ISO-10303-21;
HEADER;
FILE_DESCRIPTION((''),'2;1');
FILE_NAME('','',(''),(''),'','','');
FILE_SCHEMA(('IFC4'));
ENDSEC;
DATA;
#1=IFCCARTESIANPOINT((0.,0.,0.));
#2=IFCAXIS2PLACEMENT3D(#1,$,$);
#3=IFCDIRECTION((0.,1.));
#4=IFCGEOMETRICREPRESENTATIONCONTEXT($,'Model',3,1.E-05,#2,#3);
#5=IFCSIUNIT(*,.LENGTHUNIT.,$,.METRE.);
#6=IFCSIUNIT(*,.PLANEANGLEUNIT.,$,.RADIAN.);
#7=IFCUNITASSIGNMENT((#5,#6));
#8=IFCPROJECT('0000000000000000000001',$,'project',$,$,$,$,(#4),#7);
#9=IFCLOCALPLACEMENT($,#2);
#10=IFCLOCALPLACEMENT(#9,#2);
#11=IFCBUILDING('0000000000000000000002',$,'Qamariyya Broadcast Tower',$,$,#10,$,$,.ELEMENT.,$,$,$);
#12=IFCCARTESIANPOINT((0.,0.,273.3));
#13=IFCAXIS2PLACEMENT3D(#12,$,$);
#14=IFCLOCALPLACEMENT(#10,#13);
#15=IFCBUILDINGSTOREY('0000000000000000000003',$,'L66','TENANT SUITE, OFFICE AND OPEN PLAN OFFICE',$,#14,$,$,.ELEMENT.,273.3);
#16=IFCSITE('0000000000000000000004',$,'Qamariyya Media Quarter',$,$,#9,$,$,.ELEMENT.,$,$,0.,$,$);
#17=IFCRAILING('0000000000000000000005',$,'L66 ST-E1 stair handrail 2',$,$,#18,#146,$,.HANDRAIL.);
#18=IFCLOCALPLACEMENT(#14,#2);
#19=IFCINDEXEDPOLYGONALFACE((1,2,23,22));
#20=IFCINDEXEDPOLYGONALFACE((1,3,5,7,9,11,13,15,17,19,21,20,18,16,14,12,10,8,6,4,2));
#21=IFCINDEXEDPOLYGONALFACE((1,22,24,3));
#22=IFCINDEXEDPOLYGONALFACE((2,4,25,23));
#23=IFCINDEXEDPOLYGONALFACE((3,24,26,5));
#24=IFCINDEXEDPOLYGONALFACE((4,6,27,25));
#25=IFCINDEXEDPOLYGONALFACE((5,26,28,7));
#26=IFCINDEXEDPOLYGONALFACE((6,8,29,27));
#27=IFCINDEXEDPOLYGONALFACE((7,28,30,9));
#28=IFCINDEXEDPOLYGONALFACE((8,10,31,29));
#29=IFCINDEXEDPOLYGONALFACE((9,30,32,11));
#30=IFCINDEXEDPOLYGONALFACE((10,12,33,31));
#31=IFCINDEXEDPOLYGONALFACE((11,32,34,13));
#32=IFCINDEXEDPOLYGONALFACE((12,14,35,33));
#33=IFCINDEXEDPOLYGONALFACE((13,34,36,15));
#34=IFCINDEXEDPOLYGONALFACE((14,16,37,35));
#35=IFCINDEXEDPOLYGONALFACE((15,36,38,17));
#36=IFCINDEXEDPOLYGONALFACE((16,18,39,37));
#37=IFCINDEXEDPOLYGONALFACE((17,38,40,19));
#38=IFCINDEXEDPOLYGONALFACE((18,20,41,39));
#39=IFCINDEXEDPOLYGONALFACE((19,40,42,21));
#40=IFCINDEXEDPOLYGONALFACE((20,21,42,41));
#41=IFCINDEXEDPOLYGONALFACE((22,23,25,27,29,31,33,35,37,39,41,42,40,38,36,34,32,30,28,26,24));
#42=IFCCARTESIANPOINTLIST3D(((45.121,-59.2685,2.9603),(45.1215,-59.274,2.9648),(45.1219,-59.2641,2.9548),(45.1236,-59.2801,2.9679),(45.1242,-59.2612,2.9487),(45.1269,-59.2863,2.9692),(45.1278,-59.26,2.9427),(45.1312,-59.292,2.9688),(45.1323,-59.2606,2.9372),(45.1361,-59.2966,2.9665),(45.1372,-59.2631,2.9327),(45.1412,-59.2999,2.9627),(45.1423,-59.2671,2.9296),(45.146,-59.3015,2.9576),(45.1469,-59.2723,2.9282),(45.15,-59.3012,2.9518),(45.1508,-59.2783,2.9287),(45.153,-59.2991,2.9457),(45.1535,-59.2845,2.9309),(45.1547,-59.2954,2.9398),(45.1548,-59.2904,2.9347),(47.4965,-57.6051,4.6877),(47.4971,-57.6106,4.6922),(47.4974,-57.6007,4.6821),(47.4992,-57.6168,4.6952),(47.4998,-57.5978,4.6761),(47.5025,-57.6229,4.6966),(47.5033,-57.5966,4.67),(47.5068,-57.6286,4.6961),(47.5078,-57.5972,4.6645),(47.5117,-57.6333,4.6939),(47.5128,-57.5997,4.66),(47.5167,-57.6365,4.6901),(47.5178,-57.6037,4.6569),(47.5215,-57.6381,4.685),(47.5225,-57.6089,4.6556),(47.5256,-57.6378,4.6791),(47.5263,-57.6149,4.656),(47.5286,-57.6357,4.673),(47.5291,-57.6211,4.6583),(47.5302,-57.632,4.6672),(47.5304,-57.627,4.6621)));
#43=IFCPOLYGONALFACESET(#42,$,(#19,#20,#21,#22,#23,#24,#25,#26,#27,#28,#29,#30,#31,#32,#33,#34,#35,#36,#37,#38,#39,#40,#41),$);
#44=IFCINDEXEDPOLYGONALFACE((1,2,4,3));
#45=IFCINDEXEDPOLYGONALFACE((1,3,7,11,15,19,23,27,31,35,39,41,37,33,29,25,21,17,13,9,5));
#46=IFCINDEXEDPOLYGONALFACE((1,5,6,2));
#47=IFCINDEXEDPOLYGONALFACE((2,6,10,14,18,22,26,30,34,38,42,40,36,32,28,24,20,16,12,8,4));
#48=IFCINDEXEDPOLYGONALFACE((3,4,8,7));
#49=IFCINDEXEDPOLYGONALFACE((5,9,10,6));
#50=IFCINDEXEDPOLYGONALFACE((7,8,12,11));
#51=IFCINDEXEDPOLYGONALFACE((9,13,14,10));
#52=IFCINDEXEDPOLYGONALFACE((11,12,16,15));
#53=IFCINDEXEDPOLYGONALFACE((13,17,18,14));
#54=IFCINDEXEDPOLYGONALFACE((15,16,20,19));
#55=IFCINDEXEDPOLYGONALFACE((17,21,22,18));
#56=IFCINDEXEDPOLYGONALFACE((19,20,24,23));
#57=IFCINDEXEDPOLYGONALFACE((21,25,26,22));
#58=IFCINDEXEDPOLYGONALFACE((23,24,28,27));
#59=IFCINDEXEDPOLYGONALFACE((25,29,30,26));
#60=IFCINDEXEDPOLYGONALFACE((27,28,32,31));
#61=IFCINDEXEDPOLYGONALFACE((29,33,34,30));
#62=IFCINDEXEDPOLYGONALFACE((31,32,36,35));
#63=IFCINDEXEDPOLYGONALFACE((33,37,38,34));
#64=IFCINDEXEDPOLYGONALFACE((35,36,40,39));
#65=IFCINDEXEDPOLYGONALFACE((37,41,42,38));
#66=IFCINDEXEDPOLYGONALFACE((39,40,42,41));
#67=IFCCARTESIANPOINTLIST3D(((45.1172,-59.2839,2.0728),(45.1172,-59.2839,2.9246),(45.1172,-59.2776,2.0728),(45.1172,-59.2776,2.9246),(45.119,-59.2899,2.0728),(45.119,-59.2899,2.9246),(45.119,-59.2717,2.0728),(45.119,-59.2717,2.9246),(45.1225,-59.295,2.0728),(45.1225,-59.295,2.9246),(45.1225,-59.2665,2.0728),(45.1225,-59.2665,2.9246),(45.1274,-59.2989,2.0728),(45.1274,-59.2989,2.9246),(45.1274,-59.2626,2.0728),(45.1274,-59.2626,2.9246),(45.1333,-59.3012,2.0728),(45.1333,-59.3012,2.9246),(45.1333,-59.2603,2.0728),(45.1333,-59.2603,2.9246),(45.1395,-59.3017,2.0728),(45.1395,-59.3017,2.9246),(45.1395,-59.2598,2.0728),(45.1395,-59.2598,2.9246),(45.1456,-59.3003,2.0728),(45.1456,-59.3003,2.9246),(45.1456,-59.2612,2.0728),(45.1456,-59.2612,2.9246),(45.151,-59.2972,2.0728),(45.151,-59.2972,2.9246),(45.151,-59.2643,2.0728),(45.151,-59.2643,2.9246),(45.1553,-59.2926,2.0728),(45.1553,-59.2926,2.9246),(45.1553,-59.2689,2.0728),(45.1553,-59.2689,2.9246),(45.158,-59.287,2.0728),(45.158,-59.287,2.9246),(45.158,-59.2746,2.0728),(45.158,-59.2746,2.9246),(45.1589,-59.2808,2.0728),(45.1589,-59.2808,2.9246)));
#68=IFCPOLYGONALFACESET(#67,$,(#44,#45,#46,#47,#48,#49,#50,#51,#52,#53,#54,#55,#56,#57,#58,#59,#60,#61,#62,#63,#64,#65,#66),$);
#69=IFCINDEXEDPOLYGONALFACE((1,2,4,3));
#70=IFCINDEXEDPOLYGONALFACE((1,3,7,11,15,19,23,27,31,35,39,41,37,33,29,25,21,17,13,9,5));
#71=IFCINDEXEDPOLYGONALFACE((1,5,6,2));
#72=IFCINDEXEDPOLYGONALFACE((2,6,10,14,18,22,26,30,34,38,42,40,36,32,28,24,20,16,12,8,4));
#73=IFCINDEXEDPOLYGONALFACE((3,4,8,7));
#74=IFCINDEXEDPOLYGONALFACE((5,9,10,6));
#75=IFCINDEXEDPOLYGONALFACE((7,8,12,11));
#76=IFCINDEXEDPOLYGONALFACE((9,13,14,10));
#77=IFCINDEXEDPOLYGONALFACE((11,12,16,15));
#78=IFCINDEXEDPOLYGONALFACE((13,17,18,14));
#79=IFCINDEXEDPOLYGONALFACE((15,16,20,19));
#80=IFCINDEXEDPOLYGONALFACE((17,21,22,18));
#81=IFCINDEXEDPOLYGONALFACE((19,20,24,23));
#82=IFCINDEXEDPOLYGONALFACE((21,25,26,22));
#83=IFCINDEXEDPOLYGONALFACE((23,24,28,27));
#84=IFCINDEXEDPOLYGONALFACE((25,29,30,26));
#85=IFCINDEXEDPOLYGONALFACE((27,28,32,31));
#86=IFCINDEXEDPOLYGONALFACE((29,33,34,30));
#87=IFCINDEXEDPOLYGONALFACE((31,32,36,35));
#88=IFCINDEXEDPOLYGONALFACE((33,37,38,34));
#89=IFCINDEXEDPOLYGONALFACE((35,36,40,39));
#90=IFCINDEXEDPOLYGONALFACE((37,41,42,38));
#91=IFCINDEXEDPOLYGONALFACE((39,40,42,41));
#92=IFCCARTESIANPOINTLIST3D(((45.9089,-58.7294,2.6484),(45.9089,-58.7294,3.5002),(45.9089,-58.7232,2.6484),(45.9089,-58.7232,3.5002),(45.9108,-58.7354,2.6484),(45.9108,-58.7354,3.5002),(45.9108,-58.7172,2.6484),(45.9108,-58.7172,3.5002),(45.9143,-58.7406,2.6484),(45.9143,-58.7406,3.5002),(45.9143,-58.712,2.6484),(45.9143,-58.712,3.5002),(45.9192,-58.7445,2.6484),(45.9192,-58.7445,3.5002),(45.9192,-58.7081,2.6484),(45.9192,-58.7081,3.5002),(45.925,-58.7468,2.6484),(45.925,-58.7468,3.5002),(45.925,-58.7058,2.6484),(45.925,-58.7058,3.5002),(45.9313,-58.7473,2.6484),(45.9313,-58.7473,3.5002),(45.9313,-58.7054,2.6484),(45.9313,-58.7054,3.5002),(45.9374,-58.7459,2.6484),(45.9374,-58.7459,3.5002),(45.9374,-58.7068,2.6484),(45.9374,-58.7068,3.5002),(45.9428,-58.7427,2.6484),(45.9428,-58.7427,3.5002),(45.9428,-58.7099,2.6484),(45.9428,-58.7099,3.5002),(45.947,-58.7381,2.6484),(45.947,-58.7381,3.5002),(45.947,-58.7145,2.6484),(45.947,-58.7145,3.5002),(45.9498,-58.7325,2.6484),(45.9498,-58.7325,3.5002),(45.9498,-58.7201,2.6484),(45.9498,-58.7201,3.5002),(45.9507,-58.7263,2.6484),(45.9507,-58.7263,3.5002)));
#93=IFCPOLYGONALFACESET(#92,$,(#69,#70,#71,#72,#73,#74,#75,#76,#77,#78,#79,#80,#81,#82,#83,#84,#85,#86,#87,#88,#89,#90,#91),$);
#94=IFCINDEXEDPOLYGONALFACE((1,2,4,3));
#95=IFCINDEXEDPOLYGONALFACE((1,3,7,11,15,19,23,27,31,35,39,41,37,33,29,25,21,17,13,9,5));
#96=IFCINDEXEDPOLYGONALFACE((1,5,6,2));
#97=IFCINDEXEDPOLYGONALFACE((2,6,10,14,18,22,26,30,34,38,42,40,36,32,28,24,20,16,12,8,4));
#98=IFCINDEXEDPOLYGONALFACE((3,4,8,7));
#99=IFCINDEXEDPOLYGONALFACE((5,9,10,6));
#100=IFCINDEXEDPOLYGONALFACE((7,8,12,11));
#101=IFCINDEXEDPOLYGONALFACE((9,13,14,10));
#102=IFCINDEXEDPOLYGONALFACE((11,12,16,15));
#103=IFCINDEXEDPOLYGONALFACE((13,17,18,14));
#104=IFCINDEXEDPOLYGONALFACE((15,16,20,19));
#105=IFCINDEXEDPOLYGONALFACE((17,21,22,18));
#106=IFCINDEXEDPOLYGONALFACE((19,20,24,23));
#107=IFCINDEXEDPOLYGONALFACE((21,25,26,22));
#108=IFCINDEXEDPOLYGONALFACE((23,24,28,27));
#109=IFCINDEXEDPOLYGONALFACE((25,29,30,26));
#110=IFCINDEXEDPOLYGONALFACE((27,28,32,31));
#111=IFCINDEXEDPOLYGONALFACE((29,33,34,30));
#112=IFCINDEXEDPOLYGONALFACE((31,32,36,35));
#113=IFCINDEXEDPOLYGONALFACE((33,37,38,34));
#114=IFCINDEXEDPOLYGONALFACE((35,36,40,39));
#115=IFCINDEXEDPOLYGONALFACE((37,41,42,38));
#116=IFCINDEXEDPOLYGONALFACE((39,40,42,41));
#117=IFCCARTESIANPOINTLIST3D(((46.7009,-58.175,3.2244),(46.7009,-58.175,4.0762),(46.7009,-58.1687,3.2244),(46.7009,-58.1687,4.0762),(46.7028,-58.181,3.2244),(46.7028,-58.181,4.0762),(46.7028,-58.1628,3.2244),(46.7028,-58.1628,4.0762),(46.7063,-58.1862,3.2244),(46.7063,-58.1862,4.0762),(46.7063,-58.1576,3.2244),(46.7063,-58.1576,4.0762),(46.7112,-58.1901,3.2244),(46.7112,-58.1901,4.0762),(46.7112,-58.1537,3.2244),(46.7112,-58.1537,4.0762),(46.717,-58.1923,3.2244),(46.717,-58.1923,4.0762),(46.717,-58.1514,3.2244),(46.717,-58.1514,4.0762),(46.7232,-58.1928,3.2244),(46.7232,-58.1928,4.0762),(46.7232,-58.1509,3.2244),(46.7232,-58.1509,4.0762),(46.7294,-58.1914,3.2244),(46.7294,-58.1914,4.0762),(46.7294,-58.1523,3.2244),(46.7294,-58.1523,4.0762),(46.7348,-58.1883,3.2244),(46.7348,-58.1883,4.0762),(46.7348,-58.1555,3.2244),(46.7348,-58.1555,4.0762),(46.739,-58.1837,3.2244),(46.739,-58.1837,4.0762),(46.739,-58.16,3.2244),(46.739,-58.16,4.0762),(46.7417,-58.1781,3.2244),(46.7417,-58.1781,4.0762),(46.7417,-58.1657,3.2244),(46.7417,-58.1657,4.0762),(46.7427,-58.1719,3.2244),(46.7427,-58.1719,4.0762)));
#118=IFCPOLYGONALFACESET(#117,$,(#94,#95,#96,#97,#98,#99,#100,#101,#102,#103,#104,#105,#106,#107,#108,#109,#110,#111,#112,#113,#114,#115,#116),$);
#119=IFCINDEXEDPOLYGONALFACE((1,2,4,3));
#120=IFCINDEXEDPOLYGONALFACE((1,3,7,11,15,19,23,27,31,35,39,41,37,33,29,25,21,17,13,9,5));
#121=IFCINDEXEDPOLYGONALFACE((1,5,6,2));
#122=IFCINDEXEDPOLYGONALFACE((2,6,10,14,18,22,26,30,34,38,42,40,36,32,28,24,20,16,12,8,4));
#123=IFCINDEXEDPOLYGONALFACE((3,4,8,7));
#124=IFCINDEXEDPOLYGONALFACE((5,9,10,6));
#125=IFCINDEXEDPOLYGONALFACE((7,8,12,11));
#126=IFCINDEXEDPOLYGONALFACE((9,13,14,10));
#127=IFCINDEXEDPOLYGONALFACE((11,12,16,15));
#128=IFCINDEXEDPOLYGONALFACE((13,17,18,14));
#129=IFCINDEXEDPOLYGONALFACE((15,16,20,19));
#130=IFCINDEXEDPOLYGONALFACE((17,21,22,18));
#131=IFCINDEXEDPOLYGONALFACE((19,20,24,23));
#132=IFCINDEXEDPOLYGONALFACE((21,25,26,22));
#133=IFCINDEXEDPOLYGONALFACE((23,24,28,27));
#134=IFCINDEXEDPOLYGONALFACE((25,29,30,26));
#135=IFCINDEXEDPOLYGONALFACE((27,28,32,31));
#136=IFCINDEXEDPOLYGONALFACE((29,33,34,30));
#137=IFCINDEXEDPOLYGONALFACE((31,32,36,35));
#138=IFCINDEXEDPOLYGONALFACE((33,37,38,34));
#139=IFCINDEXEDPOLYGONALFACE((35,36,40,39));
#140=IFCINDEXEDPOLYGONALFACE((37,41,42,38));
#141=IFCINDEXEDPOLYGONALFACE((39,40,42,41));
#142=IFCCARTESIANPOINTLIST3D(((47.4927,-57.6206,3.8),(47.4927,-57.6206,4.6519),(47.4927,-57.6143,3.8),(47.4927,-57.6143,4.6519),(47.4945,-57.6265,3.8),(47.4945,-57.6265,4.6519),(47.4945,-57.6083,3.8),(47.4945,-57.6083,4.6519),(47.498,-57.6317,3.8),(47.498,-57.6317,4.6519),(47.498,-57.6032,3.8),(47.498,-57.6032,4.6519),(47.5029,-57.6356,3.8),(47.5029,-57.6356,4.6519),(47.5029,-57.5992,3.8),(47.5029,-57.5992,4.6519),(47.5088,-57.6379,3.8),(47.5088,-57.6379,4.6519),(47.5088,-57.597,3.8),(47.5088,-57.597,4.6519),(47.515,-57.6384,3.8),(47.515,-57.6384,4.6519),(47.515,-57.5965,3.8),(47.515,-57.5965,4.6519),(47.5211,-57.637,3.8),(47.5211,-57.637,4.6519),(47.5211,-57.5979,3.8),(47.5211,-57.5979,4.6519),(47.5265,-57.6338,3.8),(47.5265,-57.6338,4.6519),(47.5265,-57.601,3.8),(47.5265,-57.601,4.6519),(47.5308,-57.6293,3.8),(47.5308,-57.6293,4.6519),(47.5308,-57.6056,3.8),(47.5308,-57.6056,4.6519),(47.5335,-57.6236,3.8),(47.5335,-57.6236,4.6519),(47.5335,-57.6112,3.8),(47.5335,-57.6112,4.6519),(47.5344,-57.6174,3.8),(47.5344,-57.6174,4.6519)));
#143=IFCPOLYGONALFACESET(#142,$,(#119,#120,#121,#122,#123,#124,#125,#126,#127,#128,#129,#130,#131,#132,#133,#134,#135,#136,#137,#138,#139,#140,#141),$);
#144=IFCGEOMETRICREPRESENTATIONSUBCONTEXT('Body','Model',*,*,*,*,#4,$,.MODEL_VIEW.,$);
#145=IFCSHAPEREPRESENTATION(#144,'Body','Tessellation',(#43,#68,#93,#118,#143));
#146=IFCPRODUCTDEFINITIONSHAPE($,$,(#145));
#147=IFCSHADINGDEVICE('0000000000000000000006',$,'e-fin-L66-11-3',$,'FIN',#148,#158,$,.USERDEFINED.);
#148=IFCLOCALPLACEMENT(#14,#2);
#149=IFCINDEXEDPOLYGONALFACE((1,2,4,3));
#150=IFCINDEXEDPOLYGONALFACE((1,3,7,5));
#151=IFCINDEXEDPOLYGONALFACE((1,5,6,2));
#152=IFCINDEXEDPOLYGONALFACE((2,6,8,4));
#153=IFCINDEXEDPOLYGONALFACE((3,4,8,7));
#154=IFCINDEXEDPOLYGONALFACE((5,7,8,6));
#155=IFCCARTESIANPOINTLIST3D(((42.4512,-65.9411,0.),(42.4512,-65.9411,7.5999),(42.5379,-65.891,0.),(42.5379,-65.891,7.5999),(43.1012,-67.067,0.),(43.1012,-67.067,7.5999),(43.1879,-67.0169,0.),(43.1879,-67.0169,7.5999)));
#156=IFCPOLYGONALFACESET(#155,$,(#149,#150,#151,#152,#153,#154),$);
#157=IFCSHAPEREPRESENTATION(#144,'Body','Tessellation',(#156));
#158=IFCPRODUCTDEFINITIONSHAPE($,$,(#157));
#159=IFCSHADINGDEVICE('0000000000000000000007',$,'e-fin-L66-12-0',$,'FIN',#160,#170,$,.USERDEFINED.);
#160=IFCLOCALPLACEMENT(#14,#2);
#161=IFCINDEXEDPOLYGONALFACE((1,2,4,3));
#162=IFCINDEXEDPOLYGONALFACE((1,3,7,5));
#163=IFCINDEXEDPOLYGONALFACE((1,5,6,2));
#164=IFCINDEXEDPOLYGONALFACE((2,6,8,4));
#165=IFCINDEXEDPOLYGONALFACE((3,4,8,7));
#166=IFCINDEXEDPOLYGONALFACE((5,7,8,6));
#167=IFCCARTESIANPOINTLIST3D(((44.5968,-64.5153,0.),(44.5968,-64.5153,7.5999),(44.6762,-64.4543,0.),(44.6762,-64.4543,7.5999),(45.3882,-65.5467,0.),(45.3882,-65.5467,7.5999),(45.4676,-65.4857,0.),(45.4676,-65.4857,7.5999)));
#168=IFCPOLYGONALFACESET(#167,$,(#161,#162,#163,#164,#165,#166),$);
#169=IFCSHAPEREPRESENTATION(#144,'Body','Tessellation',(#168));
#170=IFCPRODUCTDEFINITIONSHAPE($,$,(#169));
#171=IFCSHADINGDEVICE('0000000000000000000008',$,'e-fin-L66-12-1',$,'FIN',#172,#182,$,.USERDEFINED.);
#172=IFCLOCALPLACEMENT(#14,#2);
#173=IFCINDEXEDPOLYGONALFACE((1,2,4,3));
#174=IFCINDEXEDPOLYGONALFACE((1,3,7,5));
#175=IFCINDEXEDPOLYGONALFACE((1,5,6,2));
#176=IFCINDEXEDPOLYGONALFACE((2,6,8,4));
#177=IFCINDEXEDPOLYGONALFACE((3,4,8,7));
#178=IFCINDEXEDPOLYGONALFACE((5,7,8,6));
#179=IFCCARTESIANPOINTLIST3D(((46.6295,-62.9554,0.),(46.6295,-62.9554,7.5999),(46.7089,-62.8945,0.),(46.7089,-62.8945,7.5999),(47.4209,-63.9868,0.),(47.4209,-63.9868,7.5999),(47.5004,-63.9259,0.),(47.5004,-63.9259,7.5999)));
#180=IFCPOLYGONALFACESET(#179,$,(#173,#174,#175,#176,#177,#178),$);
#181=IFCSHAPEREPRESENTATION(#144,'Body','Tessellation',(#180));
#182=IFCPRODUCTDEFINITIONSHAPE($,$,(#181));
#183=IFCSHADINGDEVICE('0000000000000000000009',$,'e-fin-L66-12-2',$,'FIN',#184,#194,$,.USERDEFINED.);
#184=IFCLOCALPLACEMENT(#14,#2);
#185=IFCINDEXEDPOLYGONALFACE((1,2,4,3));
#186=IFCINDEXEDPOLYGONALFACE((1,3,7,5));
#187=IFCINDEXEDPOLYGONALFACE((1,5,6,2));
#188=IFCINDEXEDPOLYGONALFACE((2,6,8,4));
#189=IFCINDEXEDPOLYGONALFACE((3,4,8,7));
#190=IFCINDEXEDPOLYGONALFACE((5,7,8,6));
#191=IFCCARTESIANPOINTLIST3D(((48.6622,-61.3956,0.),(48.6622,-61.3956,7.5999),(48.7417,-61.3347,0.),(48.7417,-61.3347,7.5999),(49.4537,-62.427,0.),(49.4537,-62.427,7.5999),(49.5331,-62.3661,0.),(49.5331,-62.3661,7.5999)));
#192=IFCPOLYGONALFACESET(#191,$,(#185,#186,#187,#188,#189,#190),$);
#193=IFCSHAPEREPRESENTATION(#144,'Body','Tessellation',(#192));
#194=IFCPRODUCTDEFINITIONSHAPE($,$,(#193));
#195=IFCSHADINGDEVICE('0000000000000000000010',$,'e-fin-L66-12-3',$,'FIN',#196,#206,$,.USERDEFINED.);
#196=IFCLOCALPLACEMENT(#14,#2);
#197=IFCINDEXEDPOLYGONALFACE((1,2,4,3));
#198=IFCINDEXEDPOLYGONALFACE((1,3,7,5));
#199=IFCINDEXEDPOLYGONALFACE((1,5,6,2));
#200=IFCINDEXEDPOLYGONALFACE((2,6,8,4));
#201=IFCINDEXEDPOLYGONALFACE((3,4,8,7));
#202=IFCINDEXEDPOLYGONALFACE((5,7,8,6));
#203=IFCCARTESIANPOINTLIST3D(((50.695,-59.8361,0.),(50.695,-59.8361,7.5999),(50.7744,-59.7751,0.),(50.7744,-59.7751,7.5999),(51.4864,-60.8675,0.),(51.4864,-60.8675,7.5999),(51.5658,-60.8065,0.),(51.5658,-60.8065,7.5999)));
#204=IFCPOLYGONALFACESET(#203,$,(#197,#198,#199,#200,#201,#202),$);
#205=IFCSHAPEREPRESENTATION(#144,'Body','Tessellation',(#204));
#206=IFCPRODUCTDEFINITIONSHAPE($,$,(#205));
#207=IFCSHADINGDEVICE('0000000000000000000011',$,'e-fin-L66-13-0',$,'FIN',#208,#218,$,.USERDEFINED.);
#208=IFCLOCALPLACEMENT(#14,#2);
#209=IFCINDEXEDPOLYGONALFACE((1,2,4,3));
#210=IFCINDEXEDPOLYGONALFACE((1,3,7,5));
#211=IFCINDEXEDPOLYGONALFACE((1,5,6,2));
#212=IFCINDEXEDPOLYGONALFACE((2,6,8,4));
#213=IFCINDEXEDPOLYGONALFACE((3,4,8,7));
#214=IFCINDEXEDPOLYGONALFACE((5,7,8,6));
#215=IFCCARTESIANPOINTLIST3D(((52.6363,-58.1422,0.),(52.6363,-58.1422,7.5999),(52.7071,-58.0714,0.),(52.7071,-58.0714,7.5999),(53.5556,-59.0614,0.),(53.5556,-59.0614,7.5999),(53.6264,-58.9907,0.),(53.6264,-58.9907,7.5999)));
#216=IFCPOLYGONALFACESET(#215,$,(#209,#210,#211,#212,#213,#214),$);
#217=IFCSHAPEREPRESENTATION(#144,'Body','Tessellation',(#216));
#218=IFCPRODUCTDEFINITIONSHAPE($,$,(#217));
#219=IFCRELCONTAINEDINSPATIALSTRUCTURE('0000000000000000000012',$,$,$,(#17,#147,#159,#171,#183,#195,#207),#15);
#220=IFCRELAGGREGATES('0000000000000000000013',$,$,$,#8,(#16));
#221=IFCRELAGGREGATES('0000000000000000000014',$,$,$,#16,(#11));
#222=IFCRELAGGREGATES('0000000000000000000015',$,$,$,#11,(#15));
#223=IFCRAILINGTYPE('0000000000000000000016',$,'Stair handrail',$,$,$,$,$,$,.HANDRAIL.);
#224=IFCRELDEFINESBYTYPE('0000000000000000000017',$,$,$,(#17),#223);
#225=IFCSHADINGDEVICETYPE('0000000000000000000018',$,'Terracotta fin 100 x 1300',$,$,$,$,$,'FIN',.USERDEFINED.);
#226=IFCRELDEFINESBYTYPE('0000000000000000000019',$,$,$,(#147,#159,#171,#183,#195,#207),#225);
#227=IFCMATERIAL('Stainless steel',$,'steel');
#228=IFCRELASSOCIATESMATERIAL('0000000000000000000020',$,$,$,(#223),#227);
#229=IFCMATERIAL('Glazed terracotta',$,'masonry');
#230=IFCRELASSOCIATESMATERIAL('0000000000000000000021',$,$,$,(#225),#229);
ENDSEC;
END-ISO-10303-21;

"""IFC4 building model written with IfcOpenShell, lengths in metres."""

from ifc_helpers import new_model, si_unit, direction, frame, origin, origin_2d, place, context, subcontext, project, spatial, rectangle, circle, extrude, material, material_profile, profile_set, type_object, element, save


model = new_model("IFC4")

# Units and contexts
model_context = context("Model", 3, precision=1e-05, world=origin(), true_north=direction((0.0, 1.0)))
body_context = subcontext(model_context, "Body", "Model", "MODEL_VIEW")
ifc_project = project(units=[si_unit("LENGTHUNIT", "METRE"), si_unit("PLANEANGLEUNIT", "RADIAN")], contexts=[model_context])

# Site, building, storey
site_placement = place(None, origin())
site = spatial("IfcSite", under=ifc_project, at=site_placement, Name="Qamariyya Media Quarter", CompositionType="ELEMENT", RefElevation=0.0)
building_placement = place(site_placement, origin())
building = spatial("IfcBuilding", under=site, at=building_placement, Name="Qamariyya Broadcast Tower", CompositionType="ELEMENT")
storey_placement = place(building_placement, frame((0.0, 0.0, 273.3)))
storey = spatial("IfcBuildingStorey", under=building, at=storey_placement, Name="L66", Description="TENANT SUITE, OFFICE AND OPEN PLAN OFFICE", CompositionType="ELEMENT", Elevation=273.3)

# Railing
ifc_material_1 = material(Name="Stainless steel", Category="steel")
railing_type_1 = type_object("IfcRailingType", Name="Stair handrail", PredefinedType="HANDRAIL", material=ifc_material_1)
railing_1_placement = place(storey_placement, frame((45.1379, -59.2808, 2.0728)))
element("IfcRailing", 1, at=railing_1_placement, inside=storey, type_object=railing_type_1, Name="L66 ST-E1 stair handrail 2", PredefinedType="HANDRAIL", context=body_context, shape_type="SweptSolid", body=[
    extrude(circle(Radius=0.0239, at=origin_2d()), frame((0.0, 0.0, 0.876), z_axis=(0.70377, 0.492784, 0.511734), x_axis=(-0.573575, 0.819153, 0.0)), (0.0, 0.0, 1.0), 3.3755),
    extrude(circle(Radius=0.021, at=origin_2d()), origin(), (0.0, 0.0, 1.0), 0.8518),
    extrude(circle(Radius=0.021, at=origin_2d()), frame((0.7917, 0.5544, 0.5757)), (0.0, 0.0, 1.0), 0.8518),
    extrude(circle(Radius=0.021, at=origin_2d()), frame((1.5837, 1.1089, 1.1516)), (0.0, 0.0, 1.0), 0.8518),
    extrude(circle(Radius=0.021, at=origin_2d()), frame((2.3755, 1.6633, 1.7273)), (0.0, 0.0, 1.0), 0.8518),
])

# Shading devices
ifc_material_2 = material(Name="Glazed terracotta", Category="masonry")
ifc_material_profile_1 = material_profile(ifc_material_2, rectangle(XDim=1.3, YDim=0.1001, at=origin_2d()))
ifc_profile_set_1 = profile_set([ifc_material_profile_1], Name="Glazed terracotta")
shading_device_type_1 = type_object("IfcShadingDeviceType", Name="Terracotta fin 100 x 1300", ElementType="FIN", PredefinedType="USERDEFINED", material=ifc_profile_set_1)
for number, where, z_axis, x_axis, name in (
    (2, (42.8196, -66.479, 0.0), (0.0, 0.0, 1.0), (0.5, -0.866025, 0.0), "e-fin-L66-11-3"),
    (3, (45.0322, -65.0005, 0.0), (0.0, 0.0, 1.0), (0.608761, -0.793353, 0.0), "e-fin-L66-12-0"),
    (4, (47.0649, -63.4407, 0.0), (0.0, 0.0, 1.0), (0.608761, -0.793353, 0.0), "e-fin-L66-12-1"),
    (5, (49.0977, -61.8809, 0.0), (0.0, 0.0, 1.0), (0.608761, -0.793353, 0.0), "e-fin-L66-12-2"),
    (6, (51.1304, -60.3213, 0.0), (0.0, 0.0, 1.0), (0.608761, -0.793353, 0.0), "e-fin-L66-12-3"),
    (7, (53.1313, -58.5664, 0.0), (0.0, 0.0, 1.0), (0.707107, -0.707107, 0.0), "e-fin-L66-13-0"),
):
    element("IfcShadingDevice", number, at=place(storey_placement, frame(where, z_axis=z_axis, x_axis=x_axis)), inside=storey, type_object=shading_device_type_1, Name=name, ObjectType="FIN", PredefinedType="USERDEFINED", context=body_context, shape_type="SweptSolid", body=[
        extrude(rectangle(XDim=1.3, YDim=0.1001, at=origin_2d()), origin(), (0.0, 0.0, 1.0), 7.5999),
    ])

save(model, "model.ifc")
